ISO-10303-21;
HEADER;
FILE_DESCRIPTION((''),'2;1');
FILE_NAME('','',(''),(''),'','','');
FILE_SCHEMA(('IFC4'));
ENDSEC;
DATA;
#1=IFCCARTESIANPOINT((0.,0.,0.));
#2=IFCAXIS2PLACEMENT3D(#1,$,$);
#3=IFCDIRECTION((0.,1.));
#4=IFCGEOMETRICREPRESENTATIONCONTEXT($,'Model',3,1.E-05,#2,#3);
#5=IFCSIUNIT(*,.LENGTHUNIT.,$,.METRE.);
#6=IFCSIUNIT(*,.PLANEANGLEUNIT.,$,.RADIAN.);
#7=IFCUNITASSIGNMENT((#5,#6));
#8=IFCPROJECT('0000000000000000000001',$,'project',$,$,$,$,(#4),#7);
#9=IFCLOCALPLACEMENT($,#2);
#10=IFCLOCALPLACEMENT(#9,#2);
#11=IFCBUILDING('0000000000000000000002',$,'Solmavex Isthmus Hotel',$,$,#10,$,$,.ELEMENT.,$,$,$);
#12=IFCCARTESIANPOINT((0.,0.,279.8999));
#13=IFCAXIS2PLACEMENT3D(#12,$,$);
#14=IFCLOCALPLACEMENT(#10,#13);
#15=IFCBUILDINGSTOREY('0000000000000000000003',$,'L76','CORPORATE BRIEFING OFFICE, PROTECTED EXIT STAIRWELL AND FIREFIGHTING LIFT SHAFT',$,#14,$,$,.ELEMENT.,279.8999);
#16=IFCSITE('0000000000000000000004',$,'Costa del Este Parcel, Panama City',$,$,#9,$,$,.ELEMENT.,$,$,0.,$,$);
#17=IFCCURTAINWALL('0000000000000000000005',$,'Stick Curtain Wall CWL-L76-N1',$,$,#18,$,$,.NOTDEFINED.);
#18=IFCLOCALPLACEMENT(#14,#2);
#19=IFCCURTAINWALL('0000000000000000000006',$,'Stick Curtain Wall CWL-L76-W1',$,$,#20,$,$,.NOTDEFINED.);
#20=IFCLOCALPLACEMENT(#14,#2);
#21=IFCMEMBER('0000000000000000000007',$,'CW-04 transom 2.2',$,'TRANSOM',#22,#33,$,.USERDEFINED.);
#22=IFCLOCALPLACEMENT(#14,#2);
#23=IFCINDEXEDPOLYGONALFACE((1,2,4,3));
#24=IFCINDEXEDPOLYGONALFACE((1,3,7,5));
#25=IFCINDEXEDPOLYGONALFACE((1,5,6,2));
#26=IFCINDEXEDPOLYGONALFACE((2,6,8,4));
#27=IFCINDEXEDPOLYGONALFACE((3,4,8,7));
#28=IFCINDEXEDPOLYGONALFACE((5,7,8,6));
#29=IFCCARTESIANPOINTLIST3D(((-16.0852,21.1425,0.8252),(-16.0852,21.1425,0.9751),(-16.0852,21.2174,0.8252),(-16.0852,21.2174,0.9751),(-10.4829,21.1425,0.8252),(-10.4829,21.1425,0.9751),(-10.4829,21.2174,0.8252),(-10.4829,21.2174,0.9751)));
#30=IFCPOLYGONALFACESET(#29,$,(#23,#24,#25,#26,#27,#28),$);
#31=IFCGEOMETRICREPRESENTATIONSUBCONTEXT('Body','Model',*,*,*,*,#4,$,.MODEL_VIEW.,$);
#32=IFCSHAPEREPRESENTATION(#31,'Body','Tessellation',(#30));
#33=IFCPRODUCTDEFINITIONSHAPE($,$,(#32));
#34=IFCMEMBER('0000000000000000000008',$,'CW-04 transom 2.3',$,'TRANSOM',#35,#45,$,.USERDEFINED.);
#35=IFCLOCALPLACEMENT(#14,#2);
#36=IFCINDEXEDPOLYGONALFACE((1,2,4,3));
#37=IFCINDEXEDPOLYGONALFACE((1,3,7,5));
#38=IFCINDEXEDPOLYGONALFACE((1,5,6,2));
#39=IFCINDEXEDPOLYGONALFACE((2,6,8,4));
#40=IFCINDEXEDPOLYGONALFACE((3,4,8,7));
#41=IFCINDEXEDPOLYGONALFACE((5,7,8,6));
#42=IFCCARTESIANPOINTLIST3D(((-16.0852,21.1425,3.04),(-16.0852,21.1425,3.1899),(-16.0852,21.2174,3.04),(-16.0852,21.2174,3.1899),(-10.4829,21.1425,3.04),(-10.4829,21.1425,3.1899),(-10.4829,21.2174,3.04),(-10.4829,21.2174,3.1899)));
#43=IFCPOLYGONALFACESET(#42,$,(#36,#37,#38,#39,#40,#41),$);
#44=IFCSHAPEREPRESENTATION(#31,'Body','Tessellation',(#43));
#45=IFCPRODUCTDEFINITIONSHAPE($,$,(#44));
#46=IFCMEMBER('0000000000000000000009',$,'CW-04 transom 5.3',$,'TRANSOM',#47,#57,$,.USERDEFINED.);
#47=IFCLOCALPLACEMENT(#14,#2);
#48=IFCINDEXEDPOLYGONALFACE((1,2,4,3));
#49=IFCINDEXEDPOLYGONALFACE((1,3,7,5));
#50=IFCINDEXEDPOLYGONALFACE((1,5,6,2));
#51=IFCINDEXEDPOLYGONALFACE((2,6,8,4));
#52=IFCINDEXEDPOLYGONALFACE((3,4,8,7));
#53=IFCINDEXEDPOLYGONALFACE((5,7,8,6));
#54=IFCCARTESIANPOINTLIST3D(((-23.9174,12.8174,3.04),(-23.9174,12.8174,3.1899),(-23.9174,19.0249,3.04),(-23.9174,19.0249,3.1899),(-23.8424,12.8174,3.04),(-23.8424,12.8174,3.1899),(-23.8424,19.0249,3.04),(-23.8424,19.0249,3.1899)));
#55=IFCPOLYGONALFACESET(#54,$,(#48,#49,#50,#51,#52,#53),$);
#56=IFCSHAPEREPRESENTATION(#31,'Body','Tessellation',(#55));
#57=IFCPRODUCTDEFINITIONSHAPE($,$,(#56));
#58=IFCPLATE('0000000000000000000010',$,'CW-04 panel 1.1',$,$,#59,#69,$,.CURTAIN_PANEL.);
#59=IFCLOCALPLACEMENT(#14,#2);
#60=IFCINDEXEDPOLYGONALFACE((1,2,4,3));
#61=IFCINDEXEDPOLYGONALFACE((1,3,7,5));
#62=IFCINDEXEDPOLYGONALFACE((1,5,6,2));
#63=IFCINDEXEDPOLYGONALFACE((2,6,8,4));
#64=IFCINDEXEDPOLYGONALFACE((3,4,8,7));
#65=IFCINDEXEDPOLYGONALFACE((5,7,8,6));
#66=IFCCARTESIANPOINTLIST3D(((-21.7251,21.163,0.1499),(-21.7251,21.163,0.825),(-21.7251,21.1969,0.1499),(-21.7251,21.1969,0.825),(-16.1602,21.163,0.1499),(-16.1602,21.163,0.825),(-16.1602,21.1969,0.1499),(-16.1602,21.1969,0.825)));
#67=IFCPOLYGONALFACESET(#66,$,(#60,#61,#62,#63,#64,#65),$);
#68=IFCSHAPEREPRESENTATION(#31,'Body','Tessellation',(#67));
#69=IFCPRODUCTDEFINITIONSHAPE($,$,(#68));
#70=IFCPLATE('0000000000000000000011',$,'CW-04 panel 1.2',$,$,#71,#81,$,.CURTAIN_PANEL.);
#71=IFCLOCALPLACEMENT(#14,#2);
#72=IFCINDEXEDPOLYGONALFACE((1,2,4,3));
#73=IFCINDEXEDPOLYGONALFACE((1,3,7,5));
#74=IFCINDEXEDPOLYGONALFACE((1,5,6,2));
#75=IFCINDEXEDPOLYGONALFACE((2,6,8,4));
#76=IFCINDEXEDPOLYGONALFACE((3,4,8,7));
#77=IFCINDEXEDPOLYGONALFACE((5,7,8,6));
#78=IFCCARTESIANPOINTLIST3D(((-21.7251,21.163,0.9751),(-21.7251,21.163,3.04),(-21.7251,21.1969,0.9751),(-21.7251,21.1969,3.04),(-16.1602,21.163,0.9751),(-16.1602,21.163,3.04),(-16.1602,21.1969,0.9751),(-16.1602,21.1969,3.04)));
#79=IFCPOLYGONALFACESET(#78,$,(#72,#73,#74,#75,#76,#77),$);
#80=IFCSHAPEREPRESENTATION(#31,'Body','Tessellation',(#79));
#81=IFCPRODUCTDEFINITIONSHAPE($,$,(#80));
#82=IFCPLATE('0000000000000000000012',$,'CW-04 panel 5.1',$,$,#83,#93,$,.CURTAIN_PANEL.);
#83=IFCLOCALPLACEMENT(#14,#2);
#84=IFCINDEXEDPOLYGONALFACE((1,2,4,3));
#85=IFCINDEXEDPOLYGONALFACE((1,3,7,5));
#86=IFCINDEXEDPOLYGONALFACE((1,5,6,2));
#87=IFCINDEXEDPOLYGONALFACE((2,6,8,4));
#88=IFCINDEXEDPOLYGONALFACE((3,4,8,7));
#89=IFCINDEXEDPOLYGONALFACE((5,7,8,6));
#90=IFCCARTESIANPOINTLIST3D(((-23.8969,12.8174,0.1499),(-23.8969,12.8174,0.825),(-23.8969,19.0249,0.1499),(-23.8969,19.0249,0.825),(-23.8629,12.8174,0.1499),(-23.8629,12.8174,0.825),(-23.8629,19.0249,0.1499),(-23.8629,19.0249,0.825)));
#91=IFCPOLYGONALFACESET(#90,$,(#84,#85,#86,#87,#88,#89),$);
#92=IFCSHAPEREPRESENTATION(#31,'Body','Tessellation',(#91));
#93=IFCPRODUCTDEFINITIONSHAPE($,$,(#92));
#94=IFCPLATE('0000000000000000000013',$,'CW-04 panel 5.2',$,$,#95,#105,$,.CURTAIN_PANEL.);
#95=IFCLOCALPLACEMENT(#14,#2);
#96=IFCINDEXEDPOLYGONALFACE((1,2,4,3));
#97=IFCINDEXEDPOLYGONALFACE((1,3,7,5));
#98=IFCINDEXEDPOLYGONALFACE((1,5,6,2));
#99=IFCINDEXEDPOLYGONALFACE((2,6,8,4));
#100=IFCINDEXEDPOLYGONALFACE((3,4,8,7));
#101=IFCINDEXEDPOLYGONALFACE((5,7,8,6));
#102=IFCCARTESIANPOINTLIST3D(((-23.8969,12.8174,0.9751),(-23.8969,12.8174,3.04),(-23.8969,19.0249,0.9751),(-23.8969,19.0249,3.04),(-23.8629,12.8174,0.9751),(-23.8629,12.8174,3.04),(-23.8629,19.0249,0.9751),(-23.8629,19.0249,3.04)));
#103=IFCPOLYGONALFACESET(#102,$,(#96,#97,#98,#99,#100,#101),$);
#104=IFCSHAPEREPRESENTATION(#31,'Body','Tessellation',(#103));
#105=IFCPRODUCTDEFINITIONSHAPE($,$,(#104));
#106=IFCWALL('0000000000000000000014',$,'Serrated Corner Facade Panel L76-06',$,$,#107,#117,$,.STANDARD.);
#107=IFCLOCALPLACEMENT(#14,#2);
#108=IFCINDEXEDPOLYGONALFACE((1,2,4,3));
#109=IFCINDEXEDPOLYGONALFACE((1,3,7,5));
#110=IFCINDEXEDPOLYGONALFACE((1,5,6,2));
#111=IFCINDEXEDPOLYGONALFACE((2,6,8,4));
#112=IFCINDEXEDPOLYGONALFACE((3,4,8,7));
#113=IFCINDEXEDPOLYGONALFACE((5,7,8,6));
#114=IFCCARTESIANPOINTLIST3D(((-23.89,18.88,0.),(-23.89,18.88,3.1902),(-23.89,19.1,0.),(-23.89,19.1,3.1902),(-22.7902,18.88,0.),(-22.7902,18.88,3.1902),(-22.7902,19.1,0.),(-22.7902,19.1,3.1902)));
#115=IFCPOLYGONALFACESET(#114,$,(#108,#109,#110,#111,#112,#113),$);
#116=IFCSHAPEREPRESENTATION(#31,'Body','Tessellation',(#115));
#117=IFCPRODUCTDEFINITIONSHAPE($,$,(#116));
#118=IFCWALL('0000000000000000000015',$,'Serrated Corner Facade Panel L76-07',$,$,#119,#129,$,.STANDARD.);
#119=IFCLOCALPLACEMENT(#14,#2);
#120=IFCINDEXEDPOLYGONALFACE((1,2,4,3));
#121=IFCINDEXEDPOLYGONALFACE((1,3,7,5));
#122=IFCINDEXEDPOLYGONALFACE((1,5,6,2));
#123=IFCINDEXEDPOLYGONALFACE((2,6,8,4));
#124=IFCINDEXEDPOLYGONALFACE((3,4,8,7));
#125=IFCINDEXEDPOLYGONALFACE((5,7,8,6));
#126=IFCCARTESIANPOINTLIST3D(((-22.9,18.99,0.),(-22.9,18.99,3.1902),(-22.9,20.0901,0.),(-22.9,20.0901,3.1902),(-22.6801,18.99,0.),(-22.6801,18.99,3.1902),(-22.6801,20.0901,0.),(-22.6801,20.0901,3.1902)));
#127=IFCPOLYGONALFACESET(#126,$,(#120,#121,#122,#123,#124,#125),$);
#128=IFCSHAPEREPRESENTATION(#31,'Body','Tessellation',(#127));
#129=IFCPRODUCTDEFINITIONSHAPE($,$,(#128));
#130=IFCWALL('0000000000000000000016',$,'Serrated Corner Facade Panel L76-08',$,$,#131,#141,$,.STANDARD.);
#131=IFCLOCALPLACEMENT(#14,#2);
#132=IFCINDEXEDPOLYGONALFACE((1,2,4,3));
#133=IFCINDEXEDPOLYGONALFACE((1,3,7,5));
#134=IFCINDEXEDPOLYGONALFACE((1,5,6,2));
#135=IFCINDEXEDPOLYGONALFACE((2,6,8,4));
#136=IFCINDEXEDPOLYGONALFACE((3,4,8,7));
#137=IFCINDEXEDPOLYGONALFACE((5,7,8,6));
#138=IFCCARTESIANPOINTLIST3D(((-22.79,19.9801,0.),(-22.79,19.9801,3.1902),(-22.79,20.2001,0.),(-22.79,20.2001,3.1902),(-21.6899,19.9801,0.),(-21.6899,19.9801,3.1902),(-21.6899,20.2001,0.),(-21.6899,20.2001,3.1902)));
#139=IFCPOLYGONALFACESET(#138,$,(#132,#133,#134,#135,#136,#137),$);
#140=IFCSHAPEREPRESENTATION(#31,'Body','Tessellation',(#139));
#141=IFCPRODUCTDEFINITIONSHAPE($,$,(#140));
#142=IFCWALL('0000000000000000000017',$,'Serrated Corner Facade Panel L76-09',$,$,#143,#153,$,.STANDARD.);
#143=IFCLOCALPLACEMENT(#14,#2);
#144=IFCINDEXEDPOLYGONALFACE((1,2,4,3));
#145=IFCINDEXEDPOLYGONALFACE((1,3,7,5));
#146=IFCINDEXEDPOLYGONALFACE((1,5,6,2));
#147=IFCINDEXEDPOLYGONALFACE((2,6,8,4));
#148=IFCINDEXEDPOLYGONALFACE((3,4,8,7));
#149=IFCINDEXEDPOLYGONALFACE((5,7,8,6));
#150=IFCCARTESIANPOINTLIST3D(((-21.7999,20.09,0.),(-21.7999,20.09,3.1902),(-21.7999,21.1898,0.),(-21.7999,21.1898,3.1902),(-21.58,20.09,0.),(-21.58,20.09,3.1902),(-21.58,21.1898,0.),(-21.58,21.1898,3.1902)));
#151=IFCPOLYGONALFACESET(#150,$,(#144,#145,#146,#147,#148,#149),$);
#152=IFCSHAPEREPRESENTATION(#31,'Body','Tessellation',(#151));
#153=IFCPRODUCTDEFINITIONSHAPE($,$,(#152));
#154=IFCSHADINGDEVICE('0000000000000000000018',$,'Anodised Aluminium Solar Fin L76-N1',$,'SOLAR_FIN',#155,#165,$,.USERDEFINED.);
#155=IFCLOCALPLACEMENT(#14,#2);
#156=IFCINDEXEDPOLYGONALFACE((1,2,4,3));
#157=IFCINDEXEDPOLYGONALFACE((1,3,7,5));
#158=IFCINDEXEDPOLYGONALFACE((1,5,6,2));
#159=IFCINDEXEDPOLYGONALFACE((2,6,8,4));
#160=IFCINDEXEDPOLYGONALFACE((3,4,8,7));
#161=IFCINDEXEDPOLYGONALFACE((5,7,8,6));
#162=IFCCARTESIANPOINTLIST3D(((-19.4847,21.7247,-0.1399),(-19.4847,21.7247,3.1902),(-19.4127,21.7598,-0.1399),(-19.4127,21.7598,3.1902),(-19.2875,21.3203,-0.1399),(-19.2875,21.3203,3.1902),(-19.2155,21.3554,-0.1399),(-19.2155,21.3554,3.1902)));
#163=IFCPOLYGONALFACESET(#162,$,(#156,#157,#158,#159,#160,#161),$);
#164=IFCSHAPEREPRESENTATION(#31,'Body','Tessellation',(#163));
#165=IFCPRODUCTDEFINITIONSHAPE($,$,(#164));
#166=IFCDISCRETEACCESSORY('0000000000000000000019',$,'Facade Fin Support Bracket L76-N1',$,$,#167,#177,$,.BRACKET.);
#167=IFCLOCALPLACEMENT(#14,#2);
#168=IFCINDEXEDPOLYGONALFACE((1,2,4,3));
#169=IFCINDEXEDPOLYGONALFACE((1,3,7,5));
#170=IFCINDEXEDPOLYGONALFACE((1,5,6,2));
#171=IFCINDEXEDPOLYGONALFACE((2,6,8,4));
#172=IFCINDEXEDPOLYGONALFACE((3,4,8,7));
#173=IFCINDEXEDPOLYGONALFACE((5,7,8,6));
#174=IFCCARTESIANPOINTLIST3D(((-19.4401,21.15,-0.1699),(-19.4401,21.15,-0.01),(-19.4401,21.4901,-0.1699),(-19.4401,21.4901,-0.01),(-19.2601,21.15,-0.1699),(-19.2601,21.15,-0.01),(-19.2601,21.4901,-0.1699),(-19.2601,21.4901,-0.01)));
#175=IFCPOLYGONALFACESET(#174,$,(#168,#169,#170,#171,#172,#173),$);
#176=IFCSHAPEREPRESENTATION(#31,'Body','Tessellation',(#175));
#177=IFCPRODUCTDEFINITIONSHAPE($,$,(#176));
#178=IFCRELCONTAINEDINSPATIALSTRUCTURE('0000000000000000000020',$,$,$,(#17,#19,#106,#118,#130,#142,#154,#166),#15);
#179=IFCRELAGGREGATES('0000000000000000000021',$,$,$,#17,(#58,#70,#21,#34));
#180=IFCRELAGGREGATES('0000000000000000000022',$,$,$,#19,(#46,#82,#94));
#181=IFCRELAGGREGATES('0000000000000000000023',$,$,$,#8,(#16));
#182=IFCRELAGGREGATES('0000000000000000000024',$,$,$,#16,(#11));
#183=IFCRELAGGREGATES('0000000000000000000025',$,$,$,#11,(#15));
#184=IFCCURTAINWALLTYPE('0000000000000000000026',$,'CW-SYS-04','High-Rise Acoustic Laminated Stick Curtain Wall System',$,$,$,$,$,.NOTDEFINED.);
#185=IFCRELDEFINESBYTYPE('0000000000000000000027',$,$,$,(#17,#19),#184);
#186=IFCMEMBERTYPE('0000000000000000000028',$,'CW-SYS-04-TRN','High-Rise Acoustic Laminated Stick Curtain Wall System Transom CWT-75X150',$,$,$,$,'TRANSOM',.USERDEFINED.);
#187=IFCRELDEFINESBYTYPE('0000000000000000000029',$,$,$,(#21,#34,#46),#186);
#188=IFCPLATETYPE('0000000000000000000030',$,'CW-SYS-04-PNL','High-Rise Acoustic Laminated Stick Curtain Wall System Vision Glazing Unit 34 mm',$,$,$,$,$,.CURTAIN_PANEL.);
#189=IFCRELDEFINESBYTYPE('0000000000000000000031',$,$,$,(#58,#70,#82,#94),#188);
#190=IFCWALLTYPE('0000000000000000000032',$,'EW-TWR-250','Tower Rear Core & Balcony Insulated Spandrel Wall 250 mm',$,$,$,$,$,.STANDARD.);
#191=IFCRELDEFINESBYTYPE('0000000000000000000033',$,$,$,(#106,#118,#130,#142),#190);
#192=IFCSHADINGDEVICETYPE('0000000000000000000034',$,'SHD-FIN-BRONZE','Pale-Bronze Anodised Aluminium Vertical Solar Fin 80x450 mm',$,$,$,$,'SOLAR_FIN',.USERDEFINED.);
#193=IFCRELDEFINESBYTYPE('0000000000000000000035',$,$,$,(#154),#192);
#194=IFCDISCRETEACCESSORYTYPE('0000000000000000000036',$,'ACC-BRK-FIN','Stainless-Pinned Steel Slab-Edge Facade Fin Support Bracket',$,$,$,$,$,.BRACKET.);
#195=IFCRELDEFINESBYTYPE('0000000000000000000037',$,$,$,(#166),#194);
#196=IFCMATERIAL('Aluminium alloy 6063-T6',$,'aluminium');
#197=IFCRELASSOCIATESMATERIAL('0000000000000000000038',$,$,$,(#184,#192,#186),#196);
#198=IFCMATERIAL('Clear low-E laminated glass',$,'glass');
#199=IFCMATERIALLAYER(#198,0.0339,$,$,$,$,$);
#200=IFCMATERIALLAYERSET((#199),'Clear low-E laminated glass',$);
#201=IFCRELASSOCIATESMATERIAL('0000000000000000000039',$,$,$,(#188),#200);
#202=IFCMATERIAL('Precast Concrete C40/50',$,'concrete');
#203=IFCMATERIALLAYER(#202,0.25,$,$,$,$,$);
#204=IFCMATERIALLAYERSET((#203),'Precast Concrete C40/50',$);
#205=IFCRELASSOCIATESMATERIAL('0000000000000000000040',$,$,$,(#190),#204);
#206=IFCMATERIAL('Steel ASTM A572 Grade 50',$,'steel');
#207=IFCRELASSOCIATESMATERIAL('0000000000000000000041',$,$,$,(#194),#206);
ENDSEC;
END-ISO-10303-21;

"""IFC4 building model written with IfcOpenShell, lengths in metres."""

from ifc_helpers import new_model, si_unit, direction, frame, frame_2d, origin, origin_2d, place, context, subcontext, project, spatial, rectangle, extrude, material, layer, layer_set, material_profile, profile_set, type_object, element, aggregate, save


model = new_model("IFC4")

# Units and contexts
model_context = context("Model", 3, precision=1e-05, world=origin(), true_north=direction((0.0, 1.0)))
body_context = subcontext(model_context, "Body", "Model", "MODEL_VIEW")
ifc_project = project(units=[si_unit("LENGTHUNIT", "METRE"), si_unit("PLANEANGLEUNIT", "RADIAN")], contexts=[model_context])

# Site, building, storey
site_placement = place(None, origin())
site = spatial("IfcSite", under=ifc_project, at=site_placement, Name="Costa del Este Parcel, Panama City", CompositionType="ELEMENT", RefElevation=0.0)
building_placement = place(site_placement, origin())
building = spatial("IfcBuilding", under=site, at=building_placement, Name="Solmavex Isthmus Hotel", CompositionType="ELEMENT")
storey_placement = place(building_placement, frame((0.0, 0.0, 279.8999)))
storey = spatial("IfcBuildingStorey", under=building, at=storey_placement, Name="L76", Description="CORPORATE BRIEFING OFFICE, PROTECTED EXIT STAIRWELL AND FIREFIGHTING LIFT SHAFT", CompositionType="ELEMENT", Elevation=279.8999)

# Curtain wall
ifc_material_1 = material(Name="Aluminium alloy 6063-T6", Category="aluminium")
curtain_wall_type = type_object("IfcCurtainWallType", Name="CW-SYS-04", Description="High-Rise Acoustic Laminated Stick Curtain Wall System", PredefinedType="NOTDEFINED", material=ifc_material_1)
curtain_wall_1_placement = place(storey_placement, origin())
curtain_wall_1 = element("IfcCurtainWall", 1, at=curtain_wall_1_placement, inside=storey, type_object=curtain_wall_type, Name="Stick Curtain Wall CWL-L76-N1", PredefinedType="NOTDEFINED")

# Curtain wall
curtain_wall_2_placement = place(storey_placement, origin())
curtain_wall_2 = element("IfcCurtainWall", 2, at=curtain_wall_2_placement, inside=storey, type_object=curtain_wall_type, Name="Stick Curtain Wall CWL-L76-W1", PredefinedType="NOTDEFINED")

# Members
ifc_material_profile_1 = material_profile(ifc_material_1, rectangle(XDim=0.075, YDim=0.1499, at=origin_2d()), Name="CWT-75X150")
ifc_profile_set_1 = profile_set([ifc_material_profile_1], Name="Aluminium alloy 6063-T6")
member_type_1 = type_object("IfcMemberType", Name="CW-SYS-04-TRN", Description="High-Rise Acoustic Laminated Stick Curtain Wall System Transom CWT-75X150", ElementType="TRANSOM", PredefinedType="USERDEFINED", material=ifc_profile_set_1)
member_1_placement = place(storey_placement, frame((-16.0852, 21.1799, 0.9001), z_axis=(1.0, 0.0, 0.0), x_axis=(0.0, 1.0, 0.0)))
member_1 = element("IfcMember", 3, at=member_1_placement, type_object=member_type_1, Name="CW-04 transom 2.2", ObjectType="TRANSOM", PredefinedType="USERDEFINED", context=body_context, shape_type="SweptSolid", body=[
    extrude(rectangle(XDim=0.075, YDim=0.1499, at=origin_2d()), origin(), (0.0, 0.0, 1.0), 5.6023),
])
member_2_placement = place(storey_placement, frame((-16.0852, 21.1799, 3.115), z_axis=(1.0, 0.0, 0.0), x_axis=(0.0, 1.0, 0.0)))
member_2 = element("IfcMember", 4, at=member_2_placement, type_object=member_type_1, Name="CW-04 transom 2.3", ObjectType="TRANSOM", PredefinedType="USERDEFINED", context=body_context, shape_type="SweptSolid", body=[
    extrude(rectangle(XDim=0.075, YDim=0.1499, at=origin_2d()), origin(), (0.0, 0.0, 1.0), 5.6023),
])
member_3_placement = place(storey_placement, frame((-23.8799, 12.8174, 3.115), z_axis=(0.0, 1.0, 0.0), x_axis=(-1.0, 0.0, 0.0)))
member_3 = element("IfcMember", 5, at=member_3_placement, type_object=member_type_1, Name="CW-04 transom 5.3", ObjectType="TRANSOM", PredefinedType="USERDEFINED", context=body_context, shape_type="SweptSolid", body=[
    extrude(rectangle(XDim=0.075, YDim=0.1499, at=origin_2d()), origin(), (0.0, 0.0, 1.0), 6.2075),
])

# Plates
ifc_material_2 = material(Name="Clear low-E laminated glass", Category="glass")
ifc_layer_1 = layer(ifc_material_2, 0.0339)
ifc_layer_set_1 = layer_set([ifc_layer_1], Name="Clear low-E laminated glass")
plate_type = type_object("IfcPlateType", Name="CW-SYS-04-PNL", Description="High-Rise Acoustic Laminated Stick Curtain Wall System Vision Glazing Unit 34 mm", PredefinedType="CURTAIN_PANEL", material=ifc_layer_set_1)
plate_1_placement = place(storey_placement, frame((-18.9426, 21.1799, 0.1499), z_axis=(0.0, 0.0, 1.0), x_axis=(1.0, 0.0, 0.0)))
plate_1 = element("IfcPlate", 6, at=plate_1_placement, type_object=plate_type, Name="CW-04 panel 1.1", PredefinedType="CURTAIN_PANEL", context=body_context, shape_type="SweptSolid", body=[
    extrude(rectangle(XDim=5.5649, YDim=0.0339, at=origin_2d()), origin(), (0.0, 0.0, 1.0), 0.675),
])
plate_2_placement = place(storey_placement, frame((-18.9426, 21.1799, 0.9751), z_axis=(0.0, 0.0, 1.0), x_axis=(1.0, 0.0, 0.0)))
plate_2 = element("IfcPlate", 7, at=plate_2_placement, type_object=plate_type, Name="CW-04 panel 1.2", PredefinedType="CURTAIN_PANEL", context=body_context, shape_type="SweptSolid", body=[
    extrude(rectangle(XDim=5.5649, YDim=0.0339, at=origin_2d()), origin(), (0.0, 0.0, 1.0), 2.0649),
])
aggregate(curtain_wall_1, [plate_1, plate_2, member_1, member_2])
plate_3_placement = place(storey_placement, frame((-23.8799, 15.9211, 0.1499), z_axis=(0.0, 0.0, 1.0), x_axis=(0.0, 1.0, 0.0)))
plate_3 = element("IfcPlate", 8, at=plate_3_placement, type_object=plate_type, Name="CW-04 panel 5.1", PredefinedType="CURTAIN_PANEL", context=body_context, shape_type="SweptSolid", body=[
    extrude(rectangle(XDim=6.2075, YDim=0.0339, at=origin_2d()), origin(), (0.0, 0.0, 1.0), 0.675),
])
plate_4_placement = place(storey_placement, frame((-23.8799, 15.9211, 0.9751), z_axis=(0.0, 0.0, 1.0), x_axis=(0.0, 1.0, 0.0)))
plate_4 = element("IfcPlate", 9, at=plate_4_placement, type_object=plate_type, Name="CW-04 panel 5.2", PredefinedType="CURTAIN_PANEL", context=body_context, shape_type="SweptSolid", body=[
    extrude(rectangle(XDim=6.2075, YDim=0.0339, at=origin_2d()), origin(), (0.0, 0.0, 1.0), 2.0649),
])
aggregate(curtain_wall_2, [member_3, plate_3, plate_4])

# Walls
ifc_material_3 = material(Name="Precast Concrete C40/50", Category="concrete")
ifc_layer_2 = layer(ifc_material_3, 0.25)
ifc_layer_set_2 = layer_set([ifc_layer_2], Name="Precast Concrete C40/50")
wall_type = type_object("IfcWallType", Name="EW-TWR-250", Description="Tower Rear Core & Balcony Insulated Spandrel Wall 250 mm", PredefinedType="STANDARD", material=ifc_layer_set_2)
wall_1_placement = place(storey_placement, frame((-23.8899, 18.99, 0.0), z_axis=(0.0, 0.0, 1.0), x_axis=(1.0, 0.0, 0.0)))
element("IfcWall", 10, at=wall_1_placement, inside=storey, type_object=wall_type, Name="Serrated Corner Facade Panel L76-06", PredefinedType="STANDARD", context=body_context, shape_type="SweptSolid", body=[
    extrude(rectangle(XDim=1.0999, YDim=0.22, at=frame_2d((0.5498, 0.0))), origin(), (0.0, 0.0, 1.0), 3.1902),
])
for number, where, z_axis, x_axis, name in (
    (11, (-22.79, 18.99, 0.0), (0.0, 0.0, 1.0), (0.0, 1.0, 0.0), "Serrated Corner Facade Panel L76-07"),
    (12, (-22.79, 20.0901, 0.0), (0.0, 0.0, 1.0), (1.0, 0.0, 0.0), "Serrated Corner Facade Panel L76-08"),
):
    element("IfcWall", number, at=place(storey_placement, frame(where, z_axis=z_axis, x_axis=x_axis)), inside=storey, type_object=wall_type, Name=name, PredefinedType="STANDARD", context=body_context, shape_type="SweptSolid", body=[
        extrude(rectangle(XDim=1.1001, YDim=0.22, at=frame_2d((0.55, 0.0))), origin(), (0.0, 0.0, 1.0), 3.1902),
    ])
wall_2_placement = place(storey_placement, frame((-21.6899, 20.0901, 0.0), z_axis=(0.0, 0.0, 1.0), x_axis=(0.0, 1.0, 0.0)))
element("IfcWall", 13, at=wall_2_placement, inside=storey, type_object=wall_type, Name="Serrated Corner Facade Panel L76-09", PredefinedType="STANDARD", context=body_context, shape_type="SweptSolid", body=[
    extrude(rectangle(XDim=1.0999, YDim=0.22, at=frame_2d((0.5498, 0.0))), origin(), (0.0, 0.0, 1.0), 3.1902),
])

# Shading device
shading_device_type = type_object("IfcShadingDeviceType", Name="SHD-FIN-BRONZE", Description="Pale-Bronze Anodised Aluminium Vertical Solar Fin 80x450 mm", ElementType="SOLAR_FIN", PredefinedType="USERDEFINED", material=ifc_material_1)
shading_device_placement = place(storey_placement, frame((-19.3501, 21.54, -0.1399), z_axis=(0.0, 0.0, 1.0), x_axis=(-0.438371, 0.898794, 0.0)))
element("IfcShadingDevice", 14, at=shading_device_placement, inside=storey, type_object=shading_device_type, Name="Anodised Aluminium Solar Fin L76-N1", ObjectType="SOLAR_FIN", PredefinedType="USERDEFINED", context=body_context, shape_type="SweptSolid", body=[
    extrude(rectangle(XDim=0.45, YDim=0.0801, at=origin_2d()), origin(), (0.0, 0.0, 1.0), 3.3301),
])

# Discrete accessory
ifc_material_4 = material(Name="Steel ASTM A572 Grade 50", Category="steel")
discrete_accessory_type = type_object("IfcDiscreteAccessoryType", Name="ACC-BRK-FIN", Description="Stainless-Pinned Steel Slab-Edge Facade Fin Support Bracket", PredefinedType="BRACKET", material=ifc_material_4)
discrete_accessory_placement = place(storey_placement, frame((-19.3501, 21.3201, -0.1699), z_axis=(0.0, 0.0, 1.0), x_axis=(0.0, 1.0, 0.0)))
element("IfcDiscreteAccessory", 15, at=discrete_accessory_placement, inside=storey, type_object=discrete_accessory_type, Name="Facade Fin Support Bracket L76-N1", PredefinedType="BRACKET", context=body_context, shape_type="SweptSolid", body=[
    extrude(rectangle(XDim=0.3401, YDim=0.1799, at=origin_2d()), origin(), (0.0, 0.0, 1.0), 0.1599),
])

save(model, "model.ifc")
